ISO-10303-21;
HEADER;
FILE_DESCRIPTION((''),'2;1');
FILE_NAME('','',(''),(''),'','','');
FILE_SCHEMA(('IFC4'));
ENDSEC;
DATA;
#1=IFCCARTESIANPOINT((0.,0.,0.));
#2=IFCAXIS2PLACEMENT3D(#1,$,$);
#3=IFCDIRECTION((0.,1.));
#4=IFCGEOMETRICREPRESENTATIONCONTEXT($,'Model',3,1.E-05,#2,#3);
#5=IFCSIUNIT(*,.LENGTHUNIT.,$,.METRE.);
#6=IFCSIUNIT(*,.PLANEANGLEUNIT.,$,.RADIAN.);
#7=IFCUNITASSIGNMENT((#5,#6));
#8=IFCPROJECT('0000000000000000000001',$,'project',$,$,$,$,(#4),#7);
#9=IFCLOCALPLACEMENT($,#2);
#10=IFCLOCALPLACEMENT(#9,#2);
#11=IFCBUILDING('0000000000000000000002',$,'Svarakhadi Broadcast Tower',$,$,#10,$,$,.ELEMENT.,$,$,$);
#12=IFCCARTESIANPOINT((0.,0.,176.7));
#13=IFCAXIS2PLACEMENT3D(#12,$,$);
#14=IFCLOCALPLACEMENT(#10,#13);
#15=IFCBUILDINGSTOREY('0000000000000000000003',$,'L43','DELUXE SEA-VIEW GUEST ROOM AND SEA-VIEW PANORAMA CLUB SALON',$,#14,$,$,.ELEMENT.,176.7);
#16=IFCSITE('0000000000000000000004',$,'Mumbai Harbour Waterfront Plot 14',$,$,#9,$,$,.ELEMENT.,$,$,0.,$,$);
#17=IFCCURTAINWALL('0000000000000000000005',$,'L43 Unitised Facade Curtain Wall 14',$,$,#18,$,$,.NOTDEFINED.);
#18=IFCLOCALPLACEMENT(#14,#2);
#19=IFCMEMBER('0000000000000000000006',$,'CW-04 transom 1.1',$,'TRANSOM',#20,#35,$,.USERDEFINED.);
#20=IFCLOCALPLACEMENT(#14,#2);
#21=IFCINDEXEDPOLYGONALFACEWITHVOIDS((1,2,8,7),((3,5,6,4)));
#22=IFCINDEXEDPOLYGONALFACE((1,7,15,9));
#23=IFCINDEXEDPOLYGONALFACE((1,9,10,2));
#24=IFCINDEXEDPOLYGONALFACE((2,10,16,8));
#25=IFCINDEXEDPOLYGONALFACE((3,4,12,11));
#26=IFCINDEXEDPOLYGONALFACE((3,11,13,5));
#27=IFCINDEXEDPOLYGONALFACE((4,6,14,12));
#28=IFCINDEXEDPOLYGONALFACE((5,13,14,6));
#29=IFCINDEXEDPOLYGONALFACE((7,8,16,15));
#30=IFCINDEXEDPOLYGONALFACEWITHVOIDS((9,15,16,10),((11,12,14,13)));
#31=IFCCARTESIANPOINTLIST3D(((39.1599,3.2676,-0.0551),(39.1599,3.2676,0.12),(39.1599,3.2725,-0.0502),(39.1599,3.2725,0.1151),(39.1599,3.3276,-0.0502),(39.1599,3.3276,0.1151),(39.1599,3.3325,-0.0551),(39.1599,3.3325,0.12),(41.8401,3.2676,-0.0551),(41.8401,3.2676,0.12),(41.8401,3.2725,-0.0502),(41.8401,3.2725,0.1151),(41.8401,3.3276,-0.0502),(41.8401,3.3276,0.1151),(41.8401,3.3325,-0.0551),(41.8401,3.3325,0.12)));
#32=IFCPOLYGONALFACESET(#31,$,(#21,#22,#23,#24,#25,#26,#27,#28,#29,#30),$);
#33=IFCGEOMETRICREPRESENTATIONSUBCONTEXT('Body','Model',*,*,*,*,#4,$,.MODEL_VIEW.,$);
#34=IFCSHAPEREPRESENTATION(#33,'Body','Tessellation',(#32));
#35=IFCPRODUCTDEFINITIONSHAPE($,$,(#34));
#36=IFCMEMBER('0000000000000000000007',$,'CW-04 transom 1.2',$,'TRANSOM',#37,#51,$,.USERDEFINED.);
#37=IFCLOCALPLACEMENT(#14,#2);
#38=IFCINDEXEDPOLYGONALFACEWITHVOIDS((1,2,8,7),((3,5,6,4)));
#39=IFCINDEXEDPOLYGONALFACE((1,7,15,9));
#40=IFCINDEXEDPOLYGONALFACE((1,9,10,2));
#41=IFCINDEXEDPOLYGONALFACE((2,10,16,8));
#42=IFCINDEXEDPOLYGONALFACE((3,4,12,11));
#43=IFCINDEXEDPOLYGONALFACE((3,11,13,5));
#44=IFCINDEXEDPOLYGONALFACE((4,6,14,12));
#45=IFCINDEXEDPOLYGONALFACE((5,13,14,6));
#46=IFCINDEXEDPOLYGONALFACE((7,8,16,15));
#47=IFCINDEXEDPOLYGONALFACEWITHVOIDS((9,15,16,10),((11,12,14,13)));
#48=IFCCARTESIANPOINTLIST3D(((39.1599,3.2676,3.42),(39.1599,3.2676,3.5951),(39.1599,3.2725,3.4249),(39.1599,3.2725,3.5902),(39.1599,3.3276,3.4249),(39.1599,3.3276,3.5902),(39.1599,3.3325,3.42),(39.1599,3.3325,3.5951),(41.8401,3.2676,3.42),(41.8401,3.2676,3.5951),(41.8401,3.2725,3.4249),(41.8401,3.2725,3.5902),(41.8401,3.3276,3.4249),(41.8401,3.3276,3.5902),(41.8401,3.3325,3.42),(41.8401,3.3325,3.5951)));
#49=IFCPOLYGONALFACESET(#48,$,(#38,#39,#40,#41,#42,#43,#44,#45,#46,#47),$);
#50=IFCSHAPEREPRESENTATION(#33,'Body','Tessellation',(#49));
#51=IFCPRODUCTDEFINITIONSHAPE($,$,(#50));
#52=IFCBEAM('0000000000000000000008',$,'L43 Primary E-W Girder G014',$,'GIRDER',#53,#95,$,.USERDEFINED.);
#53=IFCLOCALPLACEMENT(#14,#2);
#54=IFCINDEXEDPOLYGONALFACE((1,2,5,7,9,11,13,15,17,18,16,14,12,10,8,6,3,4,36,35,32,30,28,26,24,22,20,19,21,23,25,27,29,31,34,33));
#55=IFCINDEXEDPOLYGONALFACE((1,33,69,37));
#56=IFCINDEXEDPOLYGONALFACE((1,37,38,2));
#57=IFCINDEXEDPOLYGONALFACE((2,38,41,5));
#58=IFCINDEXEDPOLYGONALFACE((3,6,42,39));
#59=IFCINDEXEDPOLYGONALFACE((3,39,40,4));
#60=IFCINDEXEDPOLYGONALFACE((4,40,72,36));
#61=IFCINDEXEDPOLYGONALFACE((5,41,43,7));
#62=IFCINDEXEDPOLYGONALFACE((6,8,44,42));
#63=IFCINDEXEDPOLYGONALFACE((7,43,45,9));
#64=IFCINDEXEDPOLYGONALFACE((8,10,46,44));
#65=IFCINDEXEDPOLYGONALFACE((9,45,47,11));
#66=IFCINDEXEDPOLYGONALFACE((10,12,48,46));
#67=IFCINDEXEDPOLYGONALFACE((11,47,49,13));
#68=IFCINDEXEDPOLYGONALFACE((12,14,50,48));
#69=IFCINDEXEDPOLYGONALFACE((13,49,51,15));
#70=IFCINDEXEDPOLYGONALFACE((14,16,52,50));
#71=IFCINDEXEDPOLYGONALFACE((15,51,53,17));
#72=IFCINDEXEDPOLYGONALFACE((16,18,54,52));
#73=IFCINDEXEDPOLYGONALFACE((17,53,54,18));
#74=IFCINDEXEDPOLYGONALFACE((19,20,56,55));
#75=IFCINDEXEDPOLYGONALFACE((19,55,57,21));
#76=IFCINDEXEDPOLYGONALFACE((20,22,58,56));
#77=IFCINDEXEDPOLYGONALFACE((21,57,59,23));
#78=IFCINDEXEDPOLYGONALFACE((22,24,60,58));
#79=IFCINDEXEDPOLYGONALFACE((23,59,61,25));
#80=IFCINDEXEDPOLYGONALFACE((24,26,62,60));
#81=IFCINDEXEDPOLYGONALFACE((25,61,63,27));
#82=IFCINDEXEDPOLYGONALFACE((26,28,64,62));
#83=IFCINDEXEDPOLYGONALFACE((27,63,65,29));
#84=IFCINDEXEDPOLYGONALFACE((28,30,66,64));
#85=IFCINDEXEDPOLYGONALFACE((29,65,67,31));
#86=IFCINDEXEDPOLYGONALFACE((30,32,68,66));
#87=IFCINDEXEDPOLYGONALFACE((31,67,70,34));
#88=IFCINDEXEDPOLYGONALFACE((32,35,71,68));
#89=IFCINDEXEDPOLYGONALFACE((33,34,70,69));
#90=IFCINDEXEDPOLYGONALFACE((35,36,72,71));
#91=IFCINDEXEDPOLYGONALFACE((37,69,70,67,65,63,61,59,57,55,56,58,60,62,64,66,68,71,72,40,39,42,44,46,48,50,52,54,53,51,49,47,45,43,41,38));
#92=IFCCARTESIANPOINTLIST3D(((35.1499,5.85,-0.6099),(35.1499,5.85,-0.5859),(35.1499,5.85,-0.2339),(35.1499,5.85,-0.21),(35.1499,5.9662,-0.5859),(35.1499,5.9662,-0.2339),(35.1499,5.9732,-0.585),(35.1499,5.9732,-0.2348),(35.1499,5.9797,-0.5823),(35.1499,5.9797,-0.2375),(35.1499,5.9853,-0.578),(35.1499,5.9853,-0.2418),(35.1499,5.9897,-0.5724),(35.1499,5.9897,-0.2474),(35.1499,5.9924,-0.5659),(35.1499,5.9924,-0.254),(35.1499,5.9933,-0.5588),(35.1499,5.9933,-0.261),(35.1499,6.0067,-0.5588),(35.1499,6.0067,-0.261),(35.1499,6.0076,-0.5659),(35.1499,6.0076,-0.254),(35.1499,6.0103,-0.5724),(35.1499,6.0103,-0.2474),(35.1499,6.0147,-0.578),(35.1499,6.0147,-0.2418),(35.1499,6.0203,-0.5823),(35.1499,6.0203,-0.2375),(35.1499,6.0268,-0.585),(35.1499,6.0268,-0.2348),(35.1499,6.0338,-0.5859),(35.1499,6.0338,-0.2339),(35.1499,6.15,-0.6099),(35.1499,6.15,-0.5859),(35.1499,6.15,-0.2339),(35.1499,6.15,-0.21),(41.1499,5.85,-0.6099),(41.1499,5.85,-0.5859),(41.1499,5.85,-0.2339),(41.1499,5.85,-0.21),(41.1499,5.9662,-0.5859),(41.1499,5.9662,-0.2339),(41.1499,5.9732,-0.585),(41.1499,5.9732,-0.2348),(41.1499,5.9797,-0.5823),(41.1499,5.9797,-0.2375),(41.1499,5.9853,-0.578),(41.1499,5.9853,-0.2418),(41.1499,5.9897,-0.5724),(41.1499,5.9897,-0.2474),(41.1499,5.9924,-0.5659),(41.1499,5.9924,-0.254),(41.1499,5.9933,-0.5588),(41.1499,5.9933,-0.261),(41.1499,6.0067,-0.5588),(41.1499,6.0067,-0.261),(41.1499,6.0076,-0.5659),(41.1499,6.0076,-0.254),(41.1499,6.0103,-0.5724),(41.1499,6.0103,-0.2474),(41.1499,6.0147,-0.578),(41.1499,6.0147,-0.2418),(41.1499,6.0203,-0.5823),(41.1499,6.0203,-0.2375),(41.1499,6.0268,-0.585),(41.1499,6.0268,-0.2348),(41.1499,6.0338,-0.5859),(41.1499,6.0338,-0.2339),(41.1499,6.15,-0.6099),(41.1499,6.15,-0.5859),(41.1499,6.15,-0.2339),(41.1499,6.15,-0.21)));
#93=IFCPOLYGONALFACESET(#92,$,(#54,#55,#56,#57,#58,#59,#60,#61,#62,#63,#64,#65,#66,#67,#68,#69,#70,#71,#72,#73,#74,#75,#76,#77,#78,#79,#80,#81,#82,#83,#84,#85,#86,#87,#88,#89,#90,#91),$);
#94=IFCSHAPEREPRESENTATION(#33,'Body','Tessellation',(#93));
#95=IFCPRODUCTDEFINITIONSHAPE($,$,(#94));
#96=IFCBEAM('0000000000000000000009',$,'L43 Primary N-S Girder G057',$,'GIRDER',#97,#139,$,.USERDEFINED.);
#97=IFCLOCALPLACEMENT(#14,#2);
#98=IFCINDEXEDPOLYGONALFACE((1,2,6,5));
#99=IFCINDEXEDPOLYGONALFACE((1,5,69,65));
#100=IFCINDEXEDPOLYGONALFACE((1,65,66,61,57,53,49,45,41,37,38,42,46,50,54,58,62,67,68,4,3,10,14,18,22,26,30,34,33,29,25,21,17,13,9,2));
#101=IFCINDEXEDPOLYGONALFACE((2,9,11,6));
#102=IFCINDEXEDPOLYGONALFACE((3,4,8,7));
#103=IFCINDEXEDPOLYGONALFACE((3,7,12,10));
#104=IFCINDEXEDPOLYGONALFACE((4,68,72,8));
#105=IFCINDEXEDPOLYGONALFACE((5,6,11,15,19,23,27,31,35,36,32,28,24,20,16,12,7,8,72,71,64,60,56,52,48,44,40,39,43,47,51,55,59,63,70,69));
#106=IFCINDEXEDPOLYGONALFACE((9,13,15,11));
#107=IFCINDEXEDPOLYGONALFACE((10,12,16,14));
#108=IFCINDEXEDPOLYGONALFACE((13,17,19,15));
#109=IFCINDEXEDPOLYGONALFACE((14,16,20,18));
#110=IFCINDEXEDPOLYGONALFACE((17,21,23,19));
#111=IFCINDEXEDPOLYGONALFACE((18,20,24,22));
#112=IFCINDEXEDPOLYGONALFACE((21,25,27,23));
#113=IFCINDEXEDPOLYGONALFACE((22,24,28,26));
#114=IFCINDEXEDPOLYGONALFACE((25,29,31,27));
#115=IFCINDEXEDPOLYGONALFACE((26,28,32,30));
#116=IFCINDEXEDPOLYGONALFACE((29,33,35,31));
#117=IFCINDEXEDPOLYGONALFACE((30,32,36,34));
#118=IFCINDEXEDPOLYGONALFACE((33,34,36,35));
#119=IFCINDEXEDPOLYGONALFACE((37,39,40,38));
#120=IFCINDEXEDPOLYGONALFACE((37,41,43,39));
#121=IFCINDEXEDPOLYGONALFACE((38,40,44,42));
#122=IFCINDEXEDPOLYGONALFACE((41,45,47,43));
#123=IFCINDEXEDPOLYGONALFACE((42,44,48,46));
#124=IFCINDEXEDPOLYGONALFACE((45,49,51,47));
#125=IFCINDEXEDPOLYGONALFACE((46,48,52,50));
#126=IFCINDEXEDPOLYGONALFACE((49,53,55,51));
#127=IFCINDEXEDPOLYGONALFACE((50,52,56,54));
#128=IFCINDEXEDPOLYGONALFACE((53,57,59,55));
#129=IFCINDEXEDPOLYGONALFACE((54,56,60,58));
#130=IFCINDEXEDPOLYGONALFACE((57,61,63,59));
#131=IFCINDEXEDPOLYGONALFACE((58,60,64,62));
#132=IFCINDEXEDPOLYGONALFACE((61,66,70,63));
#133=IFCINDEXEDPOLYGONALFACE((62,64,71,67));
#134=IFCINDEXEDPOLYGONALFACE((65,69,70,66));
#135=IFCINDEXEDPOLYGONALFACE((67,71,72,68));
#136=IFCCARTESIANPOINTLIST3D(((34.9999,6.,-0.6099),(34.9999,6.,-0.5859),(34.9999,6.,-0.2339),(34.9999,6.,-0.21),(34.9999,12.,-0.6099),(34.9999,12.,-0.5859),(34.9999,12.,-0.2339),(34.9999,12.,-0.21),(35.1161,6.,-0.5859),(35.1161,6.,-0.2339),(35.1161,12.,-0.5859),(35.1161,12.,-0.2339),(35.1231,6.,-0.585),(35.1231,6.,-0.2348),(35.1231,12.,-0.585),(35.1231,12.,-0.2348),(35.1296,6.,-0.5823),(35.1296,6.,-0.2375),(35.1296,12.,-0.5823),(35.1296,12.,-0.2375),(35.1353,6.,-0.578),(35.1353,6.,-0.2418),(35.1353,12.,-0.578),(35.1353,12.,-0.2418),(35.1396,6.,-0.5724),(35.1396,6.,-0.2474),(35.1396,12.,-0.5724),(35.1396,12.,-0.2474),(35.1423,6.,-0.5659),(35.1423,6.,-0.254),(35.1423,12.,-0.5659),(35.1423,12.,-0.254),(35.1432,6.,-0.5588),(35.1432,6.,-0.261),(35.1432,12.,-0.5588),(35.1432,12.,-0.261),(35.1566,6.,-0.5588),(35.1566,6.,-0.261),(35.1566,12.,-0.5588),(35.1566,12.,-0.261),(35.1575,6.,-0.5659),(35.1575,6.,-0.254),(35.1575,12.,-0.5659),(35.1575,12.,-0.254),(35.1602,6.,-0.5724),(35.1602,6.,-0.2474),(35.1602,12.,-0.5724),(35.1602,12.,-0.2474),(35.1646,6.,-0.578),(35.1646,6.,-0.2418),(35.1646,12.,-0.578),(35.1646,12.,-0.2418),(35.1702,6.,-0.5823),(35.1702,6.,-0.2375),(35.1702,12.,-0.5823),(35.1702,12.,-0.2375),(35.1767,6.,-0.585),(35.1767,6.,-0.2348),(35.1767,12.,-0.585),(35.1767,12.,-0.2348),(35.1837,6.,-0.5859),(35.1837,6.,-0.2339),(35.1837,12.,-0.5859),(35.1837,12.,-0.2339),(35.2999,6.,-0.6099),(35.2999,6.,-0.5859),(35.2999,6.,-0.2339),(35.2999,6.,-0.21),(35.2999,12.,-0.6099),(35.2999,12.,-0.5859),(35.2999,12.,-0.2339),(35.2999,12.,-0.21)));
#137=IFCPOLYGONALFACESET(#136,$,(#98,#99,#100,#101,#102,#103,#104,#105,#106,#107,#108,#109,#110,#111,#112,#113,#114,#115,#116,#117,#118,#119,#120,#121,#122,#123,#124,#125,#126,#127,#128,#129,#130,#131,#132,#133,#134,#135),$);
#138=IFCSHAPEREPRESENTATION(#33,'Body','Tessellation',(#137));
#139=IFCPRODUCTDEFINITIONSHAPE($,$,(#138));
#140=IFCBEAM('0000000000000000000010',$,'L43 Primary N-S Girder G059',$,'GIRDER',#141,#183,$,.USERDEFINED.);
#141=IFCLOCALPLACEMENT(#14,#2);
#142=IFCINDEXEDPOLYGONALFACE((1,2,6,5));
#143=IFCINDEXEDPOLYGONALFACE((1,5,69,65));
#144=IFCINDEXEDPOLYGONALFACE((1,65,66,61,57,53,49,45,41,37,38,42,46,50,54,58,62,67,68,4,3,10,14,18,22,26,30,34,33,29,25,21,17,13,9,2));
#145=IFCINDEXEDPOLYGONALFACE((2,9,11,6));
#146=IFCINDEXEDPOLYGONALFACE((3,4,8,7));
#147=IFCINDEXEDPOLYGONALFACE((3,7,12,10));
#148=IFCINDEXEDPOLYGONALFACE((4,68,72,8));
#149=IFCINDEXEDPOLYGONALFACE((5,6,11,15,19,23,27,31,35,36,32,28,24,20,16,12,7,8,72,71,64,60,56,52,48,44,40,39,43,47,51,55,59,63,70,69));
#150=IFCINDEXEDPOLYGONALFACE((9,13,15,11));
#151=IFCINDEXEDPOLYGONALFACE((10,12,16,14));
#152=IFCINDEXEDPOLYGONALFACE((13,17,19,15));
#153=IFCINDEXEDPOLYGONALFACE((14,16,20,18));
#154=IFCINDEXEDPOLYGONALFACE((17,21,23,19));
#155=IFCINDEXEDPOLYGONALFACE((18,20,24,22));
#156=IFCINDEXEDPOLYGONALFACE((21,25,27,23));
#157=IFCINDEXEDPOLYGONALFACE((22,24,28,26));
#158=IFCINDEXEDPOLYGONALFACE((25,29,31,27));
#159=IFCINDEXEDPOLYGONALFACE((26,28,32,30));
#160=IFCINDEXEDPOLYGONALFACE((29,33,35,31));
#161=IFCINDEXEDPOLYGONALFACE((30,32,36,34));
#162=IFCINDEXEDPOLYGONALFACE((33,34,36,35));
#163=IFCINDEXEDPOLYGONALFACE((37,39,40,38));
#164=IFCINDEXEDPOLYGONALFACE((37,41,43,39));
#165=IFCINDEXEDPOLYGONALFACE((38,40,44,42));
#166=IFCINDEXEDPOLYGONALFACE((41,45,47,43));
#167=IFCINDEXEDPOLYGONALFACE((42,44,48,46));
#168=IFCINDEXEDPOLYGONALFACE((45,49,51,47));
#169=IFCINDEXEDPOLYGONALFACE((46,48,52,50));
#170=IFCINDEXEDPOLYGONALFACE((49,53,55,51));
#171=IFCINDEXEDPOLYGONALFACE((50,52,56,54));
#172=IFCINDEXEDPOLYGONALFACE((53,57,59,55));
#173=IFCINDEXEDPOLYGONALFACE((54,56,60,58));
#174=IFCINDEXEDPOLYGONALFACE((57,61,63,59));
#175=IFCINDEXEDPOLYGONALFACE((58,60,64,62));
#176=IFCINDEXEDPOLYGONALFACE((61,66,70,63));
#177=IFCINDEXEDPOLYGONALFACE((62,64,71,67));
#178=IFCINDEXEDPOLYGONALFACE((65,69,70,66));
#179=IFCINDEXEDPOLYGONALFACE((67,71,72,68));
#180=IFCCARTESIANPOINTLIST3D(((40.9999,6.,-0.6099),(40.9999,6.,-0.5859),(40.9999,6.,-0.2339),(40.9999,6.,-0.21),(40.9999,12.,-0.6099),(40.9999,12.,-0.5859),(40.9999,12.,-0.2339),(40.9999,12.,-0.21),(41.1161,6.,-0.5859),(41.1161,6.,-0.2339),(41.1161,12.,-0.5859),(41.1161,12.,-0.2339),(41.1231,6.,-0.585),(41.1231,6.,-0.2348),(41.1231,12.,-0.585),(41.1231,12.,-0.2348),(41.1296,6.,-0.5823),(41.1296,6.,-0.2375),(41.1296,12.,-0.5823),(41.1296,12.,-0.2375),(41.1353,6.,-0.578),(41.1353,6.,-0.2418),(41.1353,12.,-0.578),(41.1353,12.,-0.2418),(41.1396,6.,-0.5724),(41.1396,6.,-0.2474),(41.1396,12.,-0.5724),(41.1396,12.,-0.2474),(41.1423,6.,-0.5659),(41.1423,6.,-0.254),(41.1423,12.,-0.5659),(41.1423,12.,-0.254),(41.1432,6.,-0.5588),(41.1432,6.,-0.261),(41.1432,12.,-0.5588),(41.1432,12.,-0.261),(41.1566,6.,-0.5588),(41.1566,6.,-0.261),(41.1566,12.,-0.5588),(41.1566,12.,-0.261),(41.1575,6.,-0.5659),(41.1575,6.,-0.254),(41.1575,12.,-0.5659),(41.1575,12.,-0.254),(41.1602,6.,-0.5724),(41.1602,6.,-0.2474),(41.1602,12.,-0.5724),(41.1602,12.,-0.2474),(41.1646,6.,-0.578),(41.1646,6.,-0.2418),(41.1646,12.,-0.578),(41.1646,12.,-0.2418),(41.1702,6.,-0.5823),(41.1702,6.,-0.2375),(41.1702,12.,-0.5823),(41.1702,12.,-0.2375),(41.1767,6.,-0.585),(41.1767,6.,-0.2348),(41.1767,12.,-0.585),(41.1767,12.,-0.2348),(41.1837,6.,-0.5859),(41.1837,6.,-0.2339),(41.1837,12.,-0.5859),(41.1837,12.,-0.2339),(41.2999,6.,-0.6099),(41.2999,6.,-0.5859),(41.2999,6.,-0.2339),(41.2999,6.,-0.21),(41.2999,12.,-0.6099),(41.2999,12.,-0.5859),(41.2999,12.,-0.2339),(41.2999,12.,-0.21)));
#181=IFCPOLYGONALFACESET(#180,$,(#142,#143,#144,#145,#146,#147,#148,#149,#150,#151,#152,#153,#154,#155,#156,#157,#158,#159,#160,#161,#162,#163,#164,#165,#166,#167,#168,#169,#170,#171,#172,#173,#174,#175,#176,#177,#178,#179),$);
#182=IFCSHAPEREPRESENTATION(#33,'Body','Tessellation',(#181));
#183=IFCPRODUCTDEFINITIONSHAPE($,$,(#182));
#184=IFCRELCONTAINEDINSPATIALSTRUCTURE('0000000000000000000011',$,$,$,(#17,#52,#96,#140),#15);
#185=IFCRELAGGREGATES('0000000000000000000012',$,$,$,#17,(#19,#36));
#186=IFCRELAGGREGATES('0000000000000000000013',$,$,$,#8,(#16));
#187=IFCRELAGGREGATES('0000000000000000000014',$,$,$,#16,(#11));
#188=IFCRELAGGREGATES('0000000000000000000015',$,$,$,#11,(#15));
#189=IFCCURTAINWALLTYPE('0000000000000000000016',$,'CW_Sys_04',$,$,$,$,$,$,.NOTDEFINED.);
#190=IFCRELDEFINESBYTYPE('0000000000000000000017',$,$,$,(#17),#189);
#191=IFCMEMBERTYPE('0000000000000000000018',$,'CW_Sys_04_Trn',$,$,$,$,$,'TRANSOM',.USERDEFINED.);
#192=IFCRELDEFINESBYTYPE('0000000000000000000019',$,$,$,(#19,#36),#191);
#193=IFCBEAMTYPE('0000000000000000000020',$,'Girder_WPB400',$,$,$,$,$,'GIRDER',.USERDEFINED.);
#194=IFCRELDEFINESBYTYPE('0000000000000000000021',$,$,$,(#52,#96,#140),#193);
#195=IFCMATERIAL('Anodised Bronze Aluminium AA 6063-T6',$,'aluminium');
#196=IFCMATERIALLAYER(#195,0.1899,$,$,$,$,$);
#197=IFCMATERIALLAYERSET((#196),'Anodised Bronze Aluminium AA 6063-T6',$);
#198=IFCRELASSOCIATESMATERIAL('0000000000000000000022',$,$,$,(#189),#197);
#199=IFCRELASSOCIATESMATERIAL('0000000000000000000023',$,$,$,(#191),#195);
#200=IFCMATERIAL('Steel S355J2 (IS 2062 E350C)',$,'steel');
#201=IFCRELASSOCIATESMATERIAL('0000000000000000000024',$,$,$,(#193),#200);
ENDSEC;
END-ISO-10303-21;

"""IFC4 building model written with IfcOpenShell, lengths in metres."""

from ifc_helpers import new_model, si_unit, direction, frame, origin, origin_2d, place, context, subcontext, project, spatial, hollow_rectangle, i_section, extrude, material, layer, layer_set, material_profile, profile_set, type_object, element, aggregate, save


model = new_model("IFC4")

# Units and contexts
model_context = context("Model", 3, precision=1e-05, world=origin(), true_north=direction((0.0, 1.0)))
body_context = subcontext(model_context, "Body", "Model", "MODEL_VIEW")
ifc_project = project(units=[si_unit("LENGTHUNIT", "METRE"), si_unit("PLANEANGLEUNIT", "RADIAN")], contexts=[model_context])

# Site, building, storey
site_placement = place(None, origin())
site = spatial("IfcSite", under=ifc_project, at=site_placement, Name="Mumbai Harbour Waterfront Plot 14", CompositionType="ELEMENT", RefElevation=0.0)
building_placement = place(site_placement, origin())
building = spatial("IfcBuilding", under=site, at=building_placement, Name="Svarakhadi Broadcast Tower", CompositionType="ELEMENT")
storey_placement = place(building_placement, frame((0.0, 0.0, 176.7)))
storey = spatial("IfcBuildingStorey", under=building, at=storey_placement, Name="L43", Description="DELUXE SEA-VIEW GUEST ROOM AND SEA-VIEW PANORAMA CLUB SALON", CompositionType="ELEMENT", Elevation=176.7)

# Shared definitions
ifc_material_1 = material(Name="Steel S355J2 (IS 2062 E350C)", Category="steel")

# Curtain wall, members
ifc_material_2 = material(Name="Anodised Bronze Aluminium AA 6063-T6", Category="aluminium")
ifc_layer_1 = layer(ifc_material_2, 0.1899)
ifc_layer_set_1 = layer_set([ifc_layer_1], Name="Anodised Bronze Aluminium AA 6063-T6")
curtain_wall_type = type_object("IfcCurtainWallType", Name="CW_Sys_04", PredefinedType="NOTDEFINED", material=ifc_layer_set_1)
curtain_wall_placement = place(storey_placement, origin())
curtain_wall = element("IfcCurtainWall", 1, at=curtain_wall_placement, inside=storey, type_object=curtain_wall_type, Name="L43 Unitised Facade Curtain Wall 14", PredefinedType="NOTDEFINED")
ifc_material_profile_1 = material_profile(ifc_material_2, hollow_rectangle(XDim=0.0649, YDim=0.175, WallThickness=0.0049, at=origin_2d()), Name="ALU TRANSOM 175x65x5")
ifc_profile_set_1 = profile_set([ifc_material_profile_1], Name="Anodised Bronze Aluminium AA 6063-T6")
member_type_1 = type_object("IfcMemberType", Name="CW_Sys_04_Trn", ElementType="TRANSOM", PredefinedType="USERDEFINED", material=ifc_profile_set_1)
member_1_placement = place(storey_placement, frame((41.8401, 3.3, 0.0325), z_axis=(-1.0, 0.0, 0.0), x_axis=(0.0, -1.0, 0.0)))
member_1 = element("IfcMember", 2, at=member_1_placement, type_object=member_type_1, Name="CW-04 transom 1.1", ObjectType="TRANSOM", PredefinedType="USERDEFINED", context=body_context, shape_type="SweptSolid", body=[
    extrude(hollow_rectangle(XDim=0.0649, YDim=0.175, WallThickness=0.0049, at=origin_2d()), origin(), (0.0, 0.0, 1.0), 2.6802),
])
member_2_placement = place(storey_placement, frame((41.8401, 3.3, 3.5076), z_axis=(-1.0, 0.0, 0.0), x_axis=(0.0, -1.0, 0.0)))
member_2 = element("IfcMember", 3, at=member_2_placement, type_object=member_type_1, Name="CW-04 transom 1.2", ObjectType="TRANSOM", PredefinedType="USERDEFINED", context=body_context, shape_type="SweptSolid", body=[
    extrude(hollow_rectangle(XDim=0.0649, YDim=0.175, WallThickness=0.0049, at=origin_2d()), origin(), (0.0, 0.0, 1.0), 2.6802),
])

# Beams
ifc_material_profile_2 = material_profile(ifc_material_1, i_section(OverallWidth=0.3, OverallDepth=0.3999, WebThickness=0.0134, FlangeThickness=0.0239, FilletRadius=0.0271, at=origin_2d()), Name="WPB 400x300x155")
ifc_profile_set_2 = profile_set([ifc_material_profile_2], Name="Steel S355J2 (IS 2062 E350C)")
beam_type_1 = type_object("IfcBeamType", Name="Girder_WPB400", ElementType="GIRDER", PredefinedType="USERDEFINED", material=ifc_profile_set_2)
for number, where, z_axis, x_axis, name in (
    (4, (35.1499, 6.0, -0.4099), (1.0, 0.0, 0.0), (0.0, 1.0, 0.0), "L43 Primary E-W Girder G014"),
    (5, (35.1499, 6.0, -0.4099), (0.0, 1.0, 0.0), (-1.0, 0.0, 0.0), "L43 Primary N-S Girder G057"),
    (6, (41.1499, 6.0, -0.4099), (0.0, 1.0, 0.0), (-1.0, 0.0, 0.0), "L43 Primary N-S Girder G059"),
):
    element("IfcBeam", number, at=place(storey_placement, frame(where, z_axis=z_axis, x_axis=x_axis)), inside=storey, type_object=beam_type_1, Name=name, ObjectType="GIRDER", PredefinedType="USERDEFINED", context=body_context, shape_type="SweptSolid", body=[
        extrude(i_section(OverallWidth=0.3, OverallDepth=0.3999, WebThickness=0.0134, FlangeThickness=0.0239, FilletRadius=0.0271, at=origin_2d()), origin(), (0.0, 0.0, 1.0), 6.0),
    ])

aggregate(curtain_wall, [member_1, member_2])

save(model, "model.ifc")
